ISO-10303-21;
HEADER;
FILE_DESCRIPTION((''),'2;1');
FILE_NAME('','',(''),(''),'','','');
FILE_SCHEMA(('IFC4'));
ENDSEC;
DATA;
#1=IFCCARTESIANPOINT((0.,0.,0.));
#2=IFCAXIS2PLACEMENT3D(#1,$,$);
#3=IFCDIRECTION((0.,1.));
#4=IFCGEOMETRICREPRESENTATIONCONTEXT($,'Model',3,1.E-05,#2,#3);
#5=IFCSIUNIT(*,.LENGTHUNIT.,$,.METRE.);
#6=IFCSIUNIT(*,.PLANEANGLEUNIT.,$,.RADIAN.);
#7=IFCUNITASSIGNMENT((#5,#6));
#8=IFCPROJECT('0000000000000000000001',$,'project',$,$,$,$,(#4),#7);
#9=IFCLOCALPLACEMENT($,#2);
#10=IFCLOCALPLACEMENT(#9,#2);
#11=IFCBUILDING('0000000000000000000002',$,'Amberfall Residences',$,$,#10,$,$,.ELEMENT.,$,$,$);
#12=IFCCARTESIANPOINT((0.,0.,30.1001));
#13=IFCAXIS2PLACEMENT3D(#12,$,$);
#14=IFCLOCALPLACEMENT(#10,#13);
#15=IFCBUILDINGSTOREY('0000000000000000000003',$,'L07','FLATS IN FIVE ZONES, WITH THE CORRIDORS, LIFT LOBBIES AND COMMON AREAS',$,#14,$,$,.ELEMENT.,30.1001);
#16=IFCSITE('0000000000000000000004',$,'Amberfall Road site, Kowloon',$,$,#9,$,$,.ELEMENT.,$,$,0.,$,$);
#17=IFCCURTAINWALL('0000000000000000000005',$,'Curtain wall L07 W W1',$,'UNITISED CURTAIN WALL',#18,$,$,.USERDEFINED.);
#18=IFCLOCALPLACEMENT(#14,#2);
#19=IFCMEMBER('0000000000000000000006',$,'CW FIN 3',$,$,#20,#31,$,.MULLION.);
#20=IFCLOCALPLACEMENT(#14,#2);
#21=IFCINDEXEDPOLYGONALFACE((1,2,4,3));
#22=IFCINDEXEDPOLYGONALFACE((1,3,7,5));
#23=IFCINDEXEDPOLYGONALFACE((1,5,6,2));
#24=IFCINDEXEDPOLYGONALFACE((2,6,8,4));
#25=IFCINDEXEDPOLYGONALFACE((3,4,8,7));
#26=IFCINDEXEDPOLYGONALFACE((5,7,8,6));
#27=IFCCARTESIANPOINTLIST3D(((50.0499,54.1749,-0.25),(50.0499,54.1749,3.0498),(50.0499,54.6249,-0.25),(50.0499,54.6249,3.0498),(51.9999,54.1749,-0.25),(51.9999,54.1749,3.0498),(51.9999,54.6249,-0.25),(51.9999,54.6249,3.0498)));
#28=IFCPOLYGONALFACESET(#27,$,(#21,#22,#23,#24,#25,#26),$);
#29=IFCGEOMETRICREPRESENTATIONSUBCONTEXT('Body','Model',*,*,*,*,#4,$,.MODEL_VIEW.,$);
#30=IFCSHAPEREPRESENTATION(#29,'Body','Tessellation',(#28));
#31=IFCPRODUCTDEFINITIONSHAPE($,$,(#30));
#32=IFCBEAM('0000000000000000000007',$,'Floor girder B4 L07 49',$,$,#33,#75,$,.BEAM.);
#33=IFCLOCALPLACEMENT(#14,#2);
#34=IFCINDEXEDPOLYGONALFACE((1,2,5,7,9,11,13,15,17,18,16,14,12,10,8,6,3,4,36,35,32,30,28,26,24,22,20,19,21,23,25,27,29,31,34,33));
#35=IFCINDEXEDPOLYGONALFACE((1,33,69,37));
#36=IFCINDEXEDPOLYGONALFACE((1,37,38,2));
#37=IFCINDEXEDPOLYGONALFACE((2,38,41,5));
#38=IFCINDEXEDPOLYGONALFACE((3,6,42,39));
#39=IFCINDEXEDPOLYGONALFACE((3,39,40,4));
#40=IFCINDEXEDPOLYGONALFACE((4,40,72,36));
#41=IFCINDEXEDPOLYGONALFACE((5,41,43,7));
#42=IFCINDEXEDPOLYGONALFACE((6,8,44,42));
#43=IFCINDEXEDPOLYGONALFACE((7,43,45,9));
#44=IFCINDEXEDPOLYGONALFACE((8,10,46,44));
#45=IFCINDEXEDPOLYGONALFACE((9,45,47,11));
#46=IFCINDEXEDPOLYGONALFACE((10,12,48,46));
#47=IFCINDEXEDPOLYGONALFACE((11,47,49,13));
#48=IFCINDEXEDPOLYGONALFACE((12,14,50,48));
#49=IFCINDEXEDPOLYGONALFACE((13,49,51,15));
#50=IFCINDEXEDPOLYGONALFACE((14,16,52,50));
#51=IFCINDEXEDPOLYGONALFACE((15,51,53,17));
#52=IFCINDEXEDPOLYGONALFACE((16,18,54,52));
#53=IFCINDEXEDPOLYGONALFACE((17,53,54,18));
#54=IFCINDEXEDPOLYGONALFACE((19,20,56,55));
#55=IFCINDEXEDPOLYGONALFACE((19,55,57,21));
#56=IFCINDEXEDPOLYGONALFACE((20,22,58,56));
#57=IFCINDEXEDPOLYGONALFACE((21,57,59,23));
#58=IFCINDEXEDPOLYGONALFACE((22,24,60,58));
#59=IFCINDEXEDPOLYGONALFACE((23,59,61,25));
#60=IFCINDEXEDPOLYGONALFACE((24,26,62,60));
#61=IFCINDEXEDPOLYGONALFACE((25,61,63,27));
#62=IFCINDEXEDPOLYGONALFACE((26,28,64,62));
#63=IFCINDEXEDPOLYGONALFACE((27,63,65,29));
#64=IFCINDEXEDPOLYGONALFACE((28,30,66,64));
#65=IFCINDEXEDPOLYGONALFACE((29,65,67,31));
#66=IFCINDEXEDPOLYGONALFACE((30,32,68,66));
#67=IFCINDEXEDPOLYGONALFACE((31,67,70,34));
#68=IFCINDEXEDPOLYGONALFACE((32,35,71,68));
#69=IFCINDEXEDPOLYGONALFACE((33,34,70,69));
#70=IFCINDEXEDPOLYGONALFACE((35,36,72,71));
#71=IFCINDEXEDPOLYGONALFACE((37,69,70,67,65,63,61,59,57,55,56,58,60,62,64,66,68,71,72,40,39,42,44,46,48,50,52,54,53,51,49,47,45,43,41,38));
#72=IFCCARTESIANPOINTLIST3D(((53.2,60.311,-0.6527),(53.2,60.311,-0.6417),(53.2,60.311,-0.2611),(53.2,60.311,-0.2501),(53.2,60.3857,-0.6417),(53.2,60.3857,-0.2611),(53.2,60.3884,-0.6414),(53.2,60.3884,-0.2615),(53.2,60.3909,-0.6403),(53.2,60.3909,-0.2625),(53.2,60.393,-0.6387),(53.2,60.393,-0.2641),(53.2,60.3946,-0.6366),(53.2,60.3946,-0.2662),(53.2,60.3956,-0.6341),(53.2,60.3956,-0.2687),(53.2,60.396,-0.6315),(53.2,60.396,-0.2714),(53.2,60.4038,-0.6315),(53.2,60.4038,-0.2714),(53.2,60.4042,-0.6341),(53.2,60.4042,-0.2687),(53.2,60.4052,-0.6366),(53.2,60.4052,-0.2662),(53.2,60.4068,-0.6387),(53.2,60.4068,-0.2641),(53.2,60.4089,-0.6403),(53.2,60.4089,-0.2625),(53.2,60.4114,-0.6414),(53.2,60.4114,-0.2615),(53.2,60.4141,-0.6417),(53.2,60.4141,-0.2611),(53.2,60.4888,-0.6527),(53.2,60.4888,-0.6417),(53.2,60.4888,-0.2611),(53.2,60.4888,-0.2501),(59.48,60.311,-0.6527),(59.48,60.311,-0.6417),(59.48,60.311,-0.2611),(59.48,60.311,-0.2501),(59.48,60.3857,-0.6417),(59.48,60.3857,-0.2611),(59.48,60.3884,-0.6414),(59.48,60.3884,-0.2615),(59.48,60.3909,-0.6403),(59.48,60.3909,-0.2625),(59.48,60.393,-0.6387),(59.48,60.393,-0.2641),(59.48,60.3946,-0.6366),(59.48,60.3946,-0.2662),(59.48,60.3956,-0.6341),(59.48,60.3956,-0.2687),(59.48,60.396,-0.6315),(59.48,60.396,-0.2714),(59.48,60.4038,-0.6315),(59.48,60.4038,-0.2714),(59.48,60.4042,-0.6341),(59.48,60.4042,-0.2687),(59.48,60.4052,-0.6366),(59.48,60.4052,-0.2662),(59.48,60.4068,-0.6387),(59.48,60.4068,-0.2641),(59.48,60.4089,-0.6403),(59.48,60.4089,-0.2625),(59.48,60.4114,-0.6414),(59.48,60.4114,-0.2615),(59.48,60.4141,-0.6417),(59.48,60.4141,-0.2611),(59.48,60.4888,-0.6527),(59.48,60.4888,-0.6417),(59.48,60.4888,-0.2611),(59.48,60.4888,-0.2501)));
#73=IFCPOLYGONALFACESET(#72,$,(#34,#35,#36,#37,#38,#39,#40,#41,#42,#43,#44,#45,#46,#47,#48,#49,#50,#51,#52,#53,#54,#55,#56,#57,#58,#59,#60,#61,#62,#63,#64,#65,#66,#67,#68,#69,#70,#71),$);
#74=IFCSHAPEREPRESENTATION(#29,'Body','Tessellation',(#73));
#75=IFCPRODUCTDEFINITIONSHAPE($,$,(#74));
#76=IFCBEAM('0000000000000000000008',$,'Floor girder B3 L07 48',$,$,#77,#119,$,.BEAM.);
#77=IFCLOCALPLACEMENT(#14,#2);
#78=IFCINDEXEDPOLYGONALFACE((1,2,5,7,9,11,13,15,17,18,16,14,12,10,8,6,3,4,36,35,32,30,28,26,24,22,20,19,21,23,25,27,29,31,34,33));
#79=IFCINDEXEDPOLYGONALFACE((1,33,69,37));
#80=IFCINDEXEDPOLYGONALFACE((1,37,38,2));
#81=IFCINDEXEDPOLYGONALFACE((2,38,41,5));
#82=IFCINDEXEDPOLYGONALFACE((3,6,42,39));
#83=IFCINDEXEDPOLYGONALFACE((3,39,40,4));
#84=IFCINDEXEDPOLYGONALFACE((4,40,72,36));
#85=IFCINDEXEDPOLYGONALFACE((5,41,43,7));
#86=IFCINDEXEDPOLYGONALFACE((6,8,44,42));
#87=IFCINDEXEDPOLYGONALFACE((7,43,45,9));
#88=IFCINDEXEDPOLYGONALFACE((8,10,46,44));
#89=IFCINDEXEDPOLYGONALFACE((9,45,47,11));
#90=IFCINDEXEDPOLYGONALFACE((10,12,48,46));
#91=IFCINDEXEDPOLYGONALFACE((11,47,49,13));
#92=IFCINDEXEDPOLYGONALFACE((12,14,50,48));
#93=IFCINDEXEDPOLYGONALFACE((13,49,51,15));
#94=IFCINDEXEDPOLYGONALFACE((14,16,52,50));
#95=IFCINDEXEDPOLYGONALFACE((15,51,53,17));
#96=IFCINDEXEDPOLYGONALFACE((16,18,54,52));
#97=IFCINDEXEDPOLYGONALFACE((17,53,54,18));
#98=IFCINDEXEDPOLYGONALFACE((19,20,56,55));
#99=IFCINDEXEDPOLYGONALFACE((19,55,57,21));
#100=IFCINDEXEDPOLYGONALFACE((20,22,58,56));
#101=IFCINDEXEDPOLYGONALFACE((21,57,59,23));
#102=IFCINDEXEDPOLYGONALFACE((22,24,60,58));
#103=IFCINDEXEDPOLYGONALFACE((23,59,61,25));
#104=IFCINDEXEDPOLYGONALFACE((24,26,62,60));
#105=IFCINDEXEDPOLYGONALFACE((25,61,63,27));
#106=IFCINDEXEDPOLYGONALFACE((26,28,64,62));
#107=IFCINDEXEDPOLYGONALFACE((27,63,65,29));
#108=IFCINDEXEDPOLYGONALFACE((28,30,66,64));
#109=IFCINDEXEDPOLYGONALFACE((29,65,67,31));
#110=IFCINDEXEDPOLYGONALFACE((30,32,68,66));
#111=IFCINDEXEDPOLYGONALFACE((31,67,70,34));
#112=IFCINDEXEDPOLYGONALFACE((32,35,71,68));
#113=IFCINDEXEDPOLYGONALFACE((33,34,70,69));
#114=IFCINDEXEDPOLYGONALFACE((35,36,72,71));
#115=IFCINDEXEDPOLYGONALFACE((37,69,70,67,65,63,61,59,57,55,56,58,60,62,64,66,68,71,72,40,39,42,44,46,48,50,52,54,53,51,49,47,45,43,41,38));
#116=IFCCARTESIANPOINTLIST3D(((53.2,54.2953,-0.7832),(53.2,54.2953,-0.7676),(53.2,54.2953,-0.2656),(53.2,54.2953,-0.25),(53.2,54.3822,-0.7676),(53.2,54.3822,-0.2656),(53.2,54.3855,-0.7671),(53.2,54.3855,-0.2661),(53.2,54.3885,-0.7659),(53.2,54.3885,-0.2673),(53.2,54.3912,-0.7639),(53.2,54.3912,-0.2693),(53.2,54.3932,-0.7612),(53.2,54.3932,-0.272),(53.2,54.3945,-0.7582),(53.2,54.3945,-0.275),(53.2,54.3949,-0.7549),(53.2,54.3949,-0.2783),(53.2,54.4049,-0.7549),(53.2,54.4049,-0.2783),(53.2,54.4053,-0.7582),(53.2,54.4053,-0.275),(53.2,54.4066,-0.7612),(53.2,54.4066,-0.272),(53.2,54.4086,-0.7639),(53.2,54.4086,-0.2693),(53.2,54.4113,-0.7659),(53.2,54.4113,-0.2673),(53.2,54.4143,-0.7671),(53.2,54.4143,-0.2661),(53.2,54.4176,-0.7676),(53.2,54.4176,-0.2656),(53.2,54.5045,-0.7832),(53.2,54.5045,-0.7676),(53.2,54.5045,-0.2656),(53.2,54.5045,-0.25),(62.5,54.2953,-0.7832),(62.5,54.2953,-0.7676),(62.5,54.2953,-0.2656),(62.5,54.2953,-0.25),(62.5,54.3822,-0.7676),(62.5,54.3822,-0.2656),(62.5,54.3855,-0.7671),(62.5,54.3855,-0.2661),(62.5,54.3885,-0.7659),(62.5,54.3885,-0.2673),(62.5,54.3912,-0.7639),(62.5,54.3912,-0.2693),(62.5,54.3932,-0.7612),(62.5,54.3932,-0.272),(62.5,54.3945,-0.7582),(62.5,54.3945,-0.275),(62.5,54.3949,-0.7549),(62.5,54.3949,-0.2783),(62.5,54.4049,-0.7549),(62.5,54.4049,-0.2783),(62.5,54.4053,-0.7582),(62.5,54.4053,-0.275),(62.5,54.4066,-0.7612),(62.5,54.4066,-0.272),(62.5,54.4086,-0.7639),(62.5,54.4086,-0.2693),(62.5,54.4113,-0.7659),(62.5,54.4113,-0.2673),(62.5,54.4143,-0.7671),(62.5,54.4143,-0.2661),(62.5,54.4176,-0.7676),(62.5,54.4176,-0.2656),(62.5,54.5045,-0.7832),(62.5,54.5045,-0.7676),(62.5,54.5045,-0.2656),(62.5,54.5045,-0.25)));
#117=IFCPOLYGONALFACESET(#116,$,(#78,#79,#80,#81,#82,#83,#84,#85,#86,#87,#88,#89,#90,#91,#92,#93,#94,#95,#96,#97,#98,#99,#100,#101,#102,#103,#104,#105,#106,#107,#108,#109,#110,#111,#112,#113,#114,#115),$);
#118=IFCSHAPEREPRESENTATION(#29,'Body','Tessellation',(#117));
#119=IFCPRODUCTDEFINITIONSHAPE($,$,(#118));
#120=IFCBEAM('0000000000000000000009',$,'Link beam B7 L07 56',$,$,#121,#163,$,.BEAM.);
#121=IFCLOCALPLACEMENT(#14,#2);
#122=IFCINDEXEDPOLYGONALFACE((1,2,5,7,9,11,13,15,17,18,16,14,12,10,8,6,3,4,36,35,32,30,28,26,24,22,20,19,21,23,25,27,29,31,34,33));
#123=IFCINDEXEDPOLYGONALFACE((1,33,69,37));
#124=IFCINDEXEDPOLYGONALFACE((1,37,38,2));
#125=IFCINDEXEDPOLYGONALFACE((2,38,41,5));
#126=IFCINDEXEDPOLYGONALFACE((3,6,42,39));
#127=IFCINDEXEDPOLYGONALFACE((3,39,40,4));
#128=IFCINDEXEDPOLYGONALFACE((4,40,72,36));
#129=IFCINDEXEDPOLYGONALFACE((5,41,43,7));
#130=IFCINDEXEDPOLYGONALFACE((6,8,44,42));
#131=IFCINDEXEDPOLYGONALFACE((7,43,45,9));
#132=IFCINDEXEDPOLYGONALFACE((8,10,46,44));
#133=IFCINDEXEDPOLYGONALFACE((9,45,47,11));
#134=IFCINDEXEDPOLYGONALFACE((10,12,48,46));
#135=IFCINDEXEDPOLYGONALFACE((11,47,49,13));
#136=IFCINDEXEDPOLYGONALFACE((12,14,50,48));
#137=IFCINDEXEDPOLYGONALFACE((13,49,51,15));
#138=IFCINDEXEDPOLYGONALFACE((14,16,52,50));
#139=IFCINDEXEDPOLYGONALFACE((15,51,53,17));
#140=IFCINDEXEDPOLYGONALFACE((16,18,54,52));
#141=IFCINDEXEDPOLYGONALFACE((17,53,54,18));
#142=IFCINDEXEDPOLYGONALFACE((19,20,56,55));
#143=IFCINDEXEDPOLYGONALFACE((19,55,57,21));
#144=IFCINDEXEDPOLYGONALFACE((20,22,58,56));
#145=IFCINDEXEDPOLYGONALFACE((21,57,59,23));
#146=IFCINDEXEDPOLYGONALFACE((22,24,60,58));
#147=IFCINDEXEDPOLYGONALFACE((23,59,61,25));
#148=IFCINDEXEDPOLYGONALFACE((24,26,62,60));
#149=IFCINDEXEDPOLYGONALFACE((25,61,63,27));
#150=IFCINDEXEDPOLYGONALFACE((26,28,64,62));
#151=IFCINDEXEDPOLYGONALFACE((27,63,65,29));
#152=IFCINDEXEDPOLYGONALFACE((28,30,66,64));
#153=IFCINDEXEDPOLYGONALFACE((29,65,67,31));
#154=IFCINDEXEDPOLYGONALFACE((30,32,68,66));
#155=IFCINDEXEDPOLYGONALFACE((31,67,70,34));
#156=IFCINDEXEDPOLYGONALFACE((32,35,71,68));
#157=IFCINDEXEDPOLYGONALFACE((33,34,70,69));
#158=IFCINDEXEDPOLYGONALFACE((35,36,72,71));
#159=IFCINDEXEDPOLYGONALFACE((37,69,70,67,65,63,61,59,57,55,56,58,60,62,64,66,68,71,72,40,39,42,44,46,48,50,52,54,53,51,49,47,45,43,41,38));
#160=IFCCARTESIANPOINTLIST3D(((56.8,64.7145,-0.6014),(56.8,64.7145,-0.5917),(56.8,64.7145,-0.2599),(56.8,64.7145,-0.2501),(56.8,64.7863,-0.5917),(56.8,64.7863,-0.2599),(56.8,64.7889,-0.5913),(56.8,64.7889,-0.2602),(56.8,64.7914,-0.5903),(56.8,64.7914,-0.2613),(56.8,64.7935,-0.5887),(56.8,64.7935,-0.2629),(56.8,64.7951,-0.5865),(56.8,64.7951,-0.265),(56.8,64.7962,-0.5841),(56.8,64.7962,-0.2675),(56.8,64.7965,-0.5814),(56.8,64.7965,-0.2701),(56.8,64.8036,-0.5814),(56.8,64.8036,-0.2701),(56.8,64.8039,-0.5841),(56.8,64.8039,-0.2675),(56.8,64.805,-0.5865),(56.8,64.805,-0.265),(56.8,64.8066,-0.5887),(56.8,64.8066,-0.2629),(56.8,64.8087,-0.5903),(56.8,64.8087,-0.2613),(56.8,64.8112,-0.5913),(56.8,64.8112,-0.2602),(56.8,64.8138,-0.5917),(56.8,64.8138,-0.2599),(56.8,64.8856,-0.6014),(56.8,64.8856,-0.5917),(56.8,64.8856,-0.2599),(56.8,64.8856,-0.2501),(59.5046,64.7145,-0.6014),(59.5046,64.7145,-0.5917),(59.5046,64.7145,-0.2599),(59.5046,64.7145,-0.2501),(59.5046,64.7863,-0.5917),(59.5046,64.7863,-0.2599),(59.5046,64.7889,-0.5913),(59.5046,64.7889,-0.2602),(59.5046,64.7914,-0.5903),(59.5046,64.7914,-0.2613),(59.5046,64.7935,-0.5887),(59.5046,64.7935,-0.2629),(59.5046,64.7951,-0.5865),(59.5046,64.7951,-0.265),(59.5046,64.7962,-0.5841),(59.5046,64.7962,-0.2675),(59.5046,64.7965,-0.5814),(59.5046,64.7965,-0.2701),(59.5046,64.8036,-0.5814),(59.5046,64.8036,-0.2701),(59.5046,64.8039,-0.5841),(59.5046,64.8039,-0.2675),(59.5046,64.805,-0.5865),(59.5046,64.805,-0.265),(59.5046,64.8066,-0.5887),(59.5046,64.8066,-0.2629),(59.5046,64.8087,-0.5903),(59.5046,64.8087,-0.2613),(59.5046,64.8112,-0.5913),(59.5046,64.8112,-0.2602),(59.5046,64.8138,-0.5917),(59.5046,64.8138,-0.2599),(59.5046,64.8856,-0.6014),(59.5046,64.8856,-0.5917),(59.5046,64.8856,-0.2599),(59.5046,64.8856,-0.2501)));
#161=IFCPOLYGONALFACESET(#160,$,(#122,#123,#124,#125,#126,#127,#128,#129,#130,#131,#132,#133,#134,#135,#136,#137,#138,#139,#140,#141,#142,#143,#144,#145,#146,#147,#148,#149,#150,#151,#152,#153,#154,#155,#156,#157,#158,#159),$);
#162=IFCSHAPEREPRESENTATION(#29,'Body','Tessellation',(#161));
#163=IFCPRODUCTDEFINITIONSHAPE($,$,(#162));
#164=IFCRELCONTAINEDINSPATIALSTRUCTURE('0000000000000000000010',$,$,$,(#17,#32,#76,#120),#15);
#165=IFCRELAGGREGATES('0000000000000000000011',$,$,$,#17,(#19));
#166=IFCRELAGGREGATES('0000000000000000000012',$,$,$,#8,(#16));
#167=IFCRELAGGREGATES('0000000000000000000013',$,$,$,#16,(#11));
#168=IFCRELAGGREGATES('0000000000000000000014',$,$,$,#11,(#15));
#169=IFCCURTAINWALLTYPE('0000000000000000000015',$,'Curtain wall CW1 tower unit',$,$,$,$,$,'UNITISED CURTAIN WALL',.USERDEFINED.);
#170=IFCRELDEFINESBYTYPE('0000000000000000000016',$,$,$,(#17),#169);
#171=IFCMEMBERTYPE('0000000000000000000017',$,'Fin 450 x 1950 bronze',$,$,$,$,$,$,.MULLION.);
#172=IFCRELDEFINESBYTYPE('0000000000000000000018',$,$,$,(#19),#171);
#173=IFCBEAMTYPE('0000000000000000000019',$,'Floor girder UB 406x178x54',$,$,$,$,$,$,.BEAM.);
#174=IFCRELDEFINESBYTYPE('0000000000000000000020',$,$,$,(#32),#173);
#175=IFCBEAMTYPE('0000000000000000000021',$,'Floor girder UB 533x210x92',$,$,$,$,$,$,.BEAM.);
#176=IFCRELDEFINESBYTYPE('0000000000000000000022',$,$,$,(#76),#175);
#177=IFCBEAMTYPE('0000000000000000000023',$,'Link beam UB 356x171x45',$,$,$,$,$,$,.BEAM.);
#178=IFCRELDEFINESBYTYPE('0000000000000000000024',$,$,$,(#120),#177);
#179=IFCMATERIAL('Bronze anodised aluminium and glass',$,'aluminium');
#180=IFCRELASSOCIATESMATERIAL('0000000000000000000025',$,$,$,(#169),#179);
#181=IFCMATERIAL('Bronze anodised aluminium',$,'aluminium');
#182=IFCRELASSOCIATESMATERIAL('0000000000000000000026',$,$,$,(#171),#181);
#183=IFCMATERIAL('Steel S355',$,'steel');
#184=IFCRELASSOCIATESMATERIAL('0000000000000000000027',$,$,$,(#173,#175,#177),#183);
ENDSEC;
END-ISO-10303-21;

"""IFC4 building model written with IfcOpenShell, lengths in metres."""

from ifc_helpers import new_model, si_unit, direction, frame, origin, origin_2d, place, context, subcontext, project, spatial, rectangle, i_section, extrude, material, material_profile, profile_set, type_object, element, aggregate, save


model = new_model("IFC4")

# Units and contexts
model_context = context("Model", 3, precision=1e-05, world=origin(), true_north=direction((0.0, 1.0)))
body_context = subcontext(model_context, "Body", "Model", "MODEL_VIEW")
ifc_project = project(units=[si_unit("LENGTHUNIT", "METRE"), si_unit("PLANEANGLEUNIT", "RADIAN")], contexts=[model_context])

# Site, building, storey
site_placement = place(None, origin())
site = spatial("IfcSite", under=ifc_project, at=site_placement, Name="Amberfall Road site, Kowloon", CompositionType="ELEMENT", RefElevation=0.0)
building_placement = place(site_placement, origin())
building = spatial("IfcBuilding", under=site, at=building_placement, Name="Amberfall Residences", CompositionType="ELEMENT")
storey_placement = place(building_placement, frame((0.0, 0.0, 30.1001)))
storey = spatial("IfcBuildingStorey", under=building, at=storey_placement, Name="L07", Description="FLATS IN FIVE ZONES, WITH THE CORRIDORS, LIFT LOBBIES AND COMMON AREAS", CompositionType="ELEMENT", Elevation=30.1001)

# Shared definitions
ifc_material_1 = material(Name="Bronze anodised aluminium and glass", Category="aluminium")
curtain_wall_type = type_object("IfcCurtainWallType", Name="Curtain wall CW1 tower unit", ElementType="UNITISED CURTAIN WALL", PredefinedType="USERDEFINED", material=ifc_material_1)
ifc_material_2 = material(Name="Bronze anodised aluminium", Category="aluminium")

# Curtain wall
curtain_wall_1_placement = place(storey_placement, origin())
curtain_wall_1 = element("IfcCurtainWall", 1, at=curtain_wall_1_placement, inside=storey, type_object=curtain_wall_type, Name="Curtain wall L07 W W1", ObjectType="UNITISED CURTAIN WALL", PredefinedType="USERDEFINED")

# Shared definitions
ifc_material_3 = material(Name="Steel S355", Category="steel")

# Member
ifc_material_profile_1 = material_profile(ifc_material_2, rectangle(XDim=1.95, YDim=0.45, at=origin_2d()), Name="Fin 450 x 1950 bronze")
ifc_profile_set_1 = profile_set([ifc_material_profile_1], Name="Bronze anodised aluminium")
member_type_1 = type_object("IfcMemberType", Name="Fin 450 x 1950 bronze", PredefinedType="MULLION", material=ifc_profile_set_1)
member_1_placement = place(storey_placement, frame((51.0249, 54.3999, -0.25), z_axis=(0.0, 0.0, 1.0), x_axis=(1.0, 0.0, 0.0)))
member_1 = element("IfcMember", 2, at=member_1_placement, type_object=member_type_1, Name="CW FIN 3", PredefinedType="MULLION", context=body_context, shape_type="SweptSolid", body=[
    extrude(rectangle(XDim=1.95, YDim=0.45, at=origin_2d()), origin(), (0.0, 0.0, 1.0), 3.2998),
])

# Beams
ifc_material_profile_2 = material_profile(ifc_material_3, i_section(OverallWidth=0.1777, OverallDepth=0.4026, WebThickness=0.0078, FlangeThickness=0.011, FilletRadius=0.0103, at=origin_2d()), Name="UB 406x178x54")
ifc_profile_set_2 = profile_set([ifc_material_profile_2], Name="Steel S355")
beam_type_1 = type_object("IfcBeamType", Name="Floor girder UB 406x178x54", PredefinedType="BEAM", material=ifc_profile_set_2)
beam_1_placement = place(storey_placement, frame((53.2, 60.3999, -0.4514), z_axis=(1.0, 0.0, 0.0), x_axis=(0.0, 1.0, 0.0)))
element("IfcBeam", 3, at=beam_1_placement, inside=storey, type_object=beam_type_1, Name="Floor girder B4 L07 49", PredefinedType="BEAM", context=body_context, shape_type="SweptSolid", body=[
    extrude(i_section(OverallWidth=0.1777, OverallDepth=0.4026, WebThickness=0.0078, FlangeThickness=0.011, FilletRadius=0.0103, at=origin_2d()), origin(), (0.0, 0.0, 1.0), 6.28),
])
ifc_material_profile_3 = material_profile(ifc_material_3, i_section(OverallWidth=0.2092, OverallDepth=0.5332, WebThickness=0.01, FlangeThickness=0.0156, FilletRadius=0.0127, at=origin_2d()), Name="UB 533x210x92")
ifc_profile_set_3 = profile_set([ifc_material_profile_3], Name="Steel S355")
beam_type_2 = type_object("IfcBeamType", Name="Floor girder UB 533x210x92", PredefinedType="BEAM", material=ifc_profile_set_3)
beam_2_placement = place(storey_placement, frame((53.2, 54.3999, -0.5166), z_axis=(1.0, 0.0, 0.0), x_axis=(0.0, 1.0, 0.0)))
element("IfcBeam", 4, at=beam_2_placement, inside=storey, type_object=beam_type_2, Name="Floor girder B3 L07 48", PredefinedType="BEAM", context=body_context, shape_type="SweptSolid", body=[
    extrude(i_section(OverallWidth=0.2092, OverallDepth=0.5332, WebThickness=0.01, FlangeThickness=0.0156, FilletRadius=0.0127, at=origin_2d()), origin(), (0.0, 0.0, 1.0), 9.3),
])
ifc_material_profile_4 = material_profile(ifc_material_3, i_section(OverallWidth=0.1711, OverallDepth=0.3513, WebThickness=0.0071, FlangeThickness=0.0098, FilletRadius=0.0103, at=origin_2d()), Name="UB 356x171x45")
ifc_profile_set_4 = profile_set([ifc_material_profile_4], Name="Steel S355")
beam_type_3 = type_object("IfcBeamType", Name="Link beam UB 356x171x45", PredefinedType="BEAM", material=ifc_profile_set_4)
beam_3_placement = place(storey_placement, frame((56.8, 64.8, -0.4258), z_axis=(1.0, 0.0, 0.0), x_axis=(0.0, 1.0, 0.0)))
element("IfcBeam", 5, at=beam_3_placement, inside=storey, type_object=beam_type_3, Name="Link beam B7 L07 56", PredefinedType="BEAM", context=body_context, shape_type="SweptSolid", body=[
    extrude(i_section(OverallWidth=0.1711, OverallDepth=0.3513, WebThickness=0.0071, FlangeThickness=0.0098, FilletRadius=0.0103, at=origin_2d()), origin(), (0.0, 0.0, 1.0), 2.7046),
])

aggregate(curtain_wall_1, [member_1])

save(model, "model.ifc")
